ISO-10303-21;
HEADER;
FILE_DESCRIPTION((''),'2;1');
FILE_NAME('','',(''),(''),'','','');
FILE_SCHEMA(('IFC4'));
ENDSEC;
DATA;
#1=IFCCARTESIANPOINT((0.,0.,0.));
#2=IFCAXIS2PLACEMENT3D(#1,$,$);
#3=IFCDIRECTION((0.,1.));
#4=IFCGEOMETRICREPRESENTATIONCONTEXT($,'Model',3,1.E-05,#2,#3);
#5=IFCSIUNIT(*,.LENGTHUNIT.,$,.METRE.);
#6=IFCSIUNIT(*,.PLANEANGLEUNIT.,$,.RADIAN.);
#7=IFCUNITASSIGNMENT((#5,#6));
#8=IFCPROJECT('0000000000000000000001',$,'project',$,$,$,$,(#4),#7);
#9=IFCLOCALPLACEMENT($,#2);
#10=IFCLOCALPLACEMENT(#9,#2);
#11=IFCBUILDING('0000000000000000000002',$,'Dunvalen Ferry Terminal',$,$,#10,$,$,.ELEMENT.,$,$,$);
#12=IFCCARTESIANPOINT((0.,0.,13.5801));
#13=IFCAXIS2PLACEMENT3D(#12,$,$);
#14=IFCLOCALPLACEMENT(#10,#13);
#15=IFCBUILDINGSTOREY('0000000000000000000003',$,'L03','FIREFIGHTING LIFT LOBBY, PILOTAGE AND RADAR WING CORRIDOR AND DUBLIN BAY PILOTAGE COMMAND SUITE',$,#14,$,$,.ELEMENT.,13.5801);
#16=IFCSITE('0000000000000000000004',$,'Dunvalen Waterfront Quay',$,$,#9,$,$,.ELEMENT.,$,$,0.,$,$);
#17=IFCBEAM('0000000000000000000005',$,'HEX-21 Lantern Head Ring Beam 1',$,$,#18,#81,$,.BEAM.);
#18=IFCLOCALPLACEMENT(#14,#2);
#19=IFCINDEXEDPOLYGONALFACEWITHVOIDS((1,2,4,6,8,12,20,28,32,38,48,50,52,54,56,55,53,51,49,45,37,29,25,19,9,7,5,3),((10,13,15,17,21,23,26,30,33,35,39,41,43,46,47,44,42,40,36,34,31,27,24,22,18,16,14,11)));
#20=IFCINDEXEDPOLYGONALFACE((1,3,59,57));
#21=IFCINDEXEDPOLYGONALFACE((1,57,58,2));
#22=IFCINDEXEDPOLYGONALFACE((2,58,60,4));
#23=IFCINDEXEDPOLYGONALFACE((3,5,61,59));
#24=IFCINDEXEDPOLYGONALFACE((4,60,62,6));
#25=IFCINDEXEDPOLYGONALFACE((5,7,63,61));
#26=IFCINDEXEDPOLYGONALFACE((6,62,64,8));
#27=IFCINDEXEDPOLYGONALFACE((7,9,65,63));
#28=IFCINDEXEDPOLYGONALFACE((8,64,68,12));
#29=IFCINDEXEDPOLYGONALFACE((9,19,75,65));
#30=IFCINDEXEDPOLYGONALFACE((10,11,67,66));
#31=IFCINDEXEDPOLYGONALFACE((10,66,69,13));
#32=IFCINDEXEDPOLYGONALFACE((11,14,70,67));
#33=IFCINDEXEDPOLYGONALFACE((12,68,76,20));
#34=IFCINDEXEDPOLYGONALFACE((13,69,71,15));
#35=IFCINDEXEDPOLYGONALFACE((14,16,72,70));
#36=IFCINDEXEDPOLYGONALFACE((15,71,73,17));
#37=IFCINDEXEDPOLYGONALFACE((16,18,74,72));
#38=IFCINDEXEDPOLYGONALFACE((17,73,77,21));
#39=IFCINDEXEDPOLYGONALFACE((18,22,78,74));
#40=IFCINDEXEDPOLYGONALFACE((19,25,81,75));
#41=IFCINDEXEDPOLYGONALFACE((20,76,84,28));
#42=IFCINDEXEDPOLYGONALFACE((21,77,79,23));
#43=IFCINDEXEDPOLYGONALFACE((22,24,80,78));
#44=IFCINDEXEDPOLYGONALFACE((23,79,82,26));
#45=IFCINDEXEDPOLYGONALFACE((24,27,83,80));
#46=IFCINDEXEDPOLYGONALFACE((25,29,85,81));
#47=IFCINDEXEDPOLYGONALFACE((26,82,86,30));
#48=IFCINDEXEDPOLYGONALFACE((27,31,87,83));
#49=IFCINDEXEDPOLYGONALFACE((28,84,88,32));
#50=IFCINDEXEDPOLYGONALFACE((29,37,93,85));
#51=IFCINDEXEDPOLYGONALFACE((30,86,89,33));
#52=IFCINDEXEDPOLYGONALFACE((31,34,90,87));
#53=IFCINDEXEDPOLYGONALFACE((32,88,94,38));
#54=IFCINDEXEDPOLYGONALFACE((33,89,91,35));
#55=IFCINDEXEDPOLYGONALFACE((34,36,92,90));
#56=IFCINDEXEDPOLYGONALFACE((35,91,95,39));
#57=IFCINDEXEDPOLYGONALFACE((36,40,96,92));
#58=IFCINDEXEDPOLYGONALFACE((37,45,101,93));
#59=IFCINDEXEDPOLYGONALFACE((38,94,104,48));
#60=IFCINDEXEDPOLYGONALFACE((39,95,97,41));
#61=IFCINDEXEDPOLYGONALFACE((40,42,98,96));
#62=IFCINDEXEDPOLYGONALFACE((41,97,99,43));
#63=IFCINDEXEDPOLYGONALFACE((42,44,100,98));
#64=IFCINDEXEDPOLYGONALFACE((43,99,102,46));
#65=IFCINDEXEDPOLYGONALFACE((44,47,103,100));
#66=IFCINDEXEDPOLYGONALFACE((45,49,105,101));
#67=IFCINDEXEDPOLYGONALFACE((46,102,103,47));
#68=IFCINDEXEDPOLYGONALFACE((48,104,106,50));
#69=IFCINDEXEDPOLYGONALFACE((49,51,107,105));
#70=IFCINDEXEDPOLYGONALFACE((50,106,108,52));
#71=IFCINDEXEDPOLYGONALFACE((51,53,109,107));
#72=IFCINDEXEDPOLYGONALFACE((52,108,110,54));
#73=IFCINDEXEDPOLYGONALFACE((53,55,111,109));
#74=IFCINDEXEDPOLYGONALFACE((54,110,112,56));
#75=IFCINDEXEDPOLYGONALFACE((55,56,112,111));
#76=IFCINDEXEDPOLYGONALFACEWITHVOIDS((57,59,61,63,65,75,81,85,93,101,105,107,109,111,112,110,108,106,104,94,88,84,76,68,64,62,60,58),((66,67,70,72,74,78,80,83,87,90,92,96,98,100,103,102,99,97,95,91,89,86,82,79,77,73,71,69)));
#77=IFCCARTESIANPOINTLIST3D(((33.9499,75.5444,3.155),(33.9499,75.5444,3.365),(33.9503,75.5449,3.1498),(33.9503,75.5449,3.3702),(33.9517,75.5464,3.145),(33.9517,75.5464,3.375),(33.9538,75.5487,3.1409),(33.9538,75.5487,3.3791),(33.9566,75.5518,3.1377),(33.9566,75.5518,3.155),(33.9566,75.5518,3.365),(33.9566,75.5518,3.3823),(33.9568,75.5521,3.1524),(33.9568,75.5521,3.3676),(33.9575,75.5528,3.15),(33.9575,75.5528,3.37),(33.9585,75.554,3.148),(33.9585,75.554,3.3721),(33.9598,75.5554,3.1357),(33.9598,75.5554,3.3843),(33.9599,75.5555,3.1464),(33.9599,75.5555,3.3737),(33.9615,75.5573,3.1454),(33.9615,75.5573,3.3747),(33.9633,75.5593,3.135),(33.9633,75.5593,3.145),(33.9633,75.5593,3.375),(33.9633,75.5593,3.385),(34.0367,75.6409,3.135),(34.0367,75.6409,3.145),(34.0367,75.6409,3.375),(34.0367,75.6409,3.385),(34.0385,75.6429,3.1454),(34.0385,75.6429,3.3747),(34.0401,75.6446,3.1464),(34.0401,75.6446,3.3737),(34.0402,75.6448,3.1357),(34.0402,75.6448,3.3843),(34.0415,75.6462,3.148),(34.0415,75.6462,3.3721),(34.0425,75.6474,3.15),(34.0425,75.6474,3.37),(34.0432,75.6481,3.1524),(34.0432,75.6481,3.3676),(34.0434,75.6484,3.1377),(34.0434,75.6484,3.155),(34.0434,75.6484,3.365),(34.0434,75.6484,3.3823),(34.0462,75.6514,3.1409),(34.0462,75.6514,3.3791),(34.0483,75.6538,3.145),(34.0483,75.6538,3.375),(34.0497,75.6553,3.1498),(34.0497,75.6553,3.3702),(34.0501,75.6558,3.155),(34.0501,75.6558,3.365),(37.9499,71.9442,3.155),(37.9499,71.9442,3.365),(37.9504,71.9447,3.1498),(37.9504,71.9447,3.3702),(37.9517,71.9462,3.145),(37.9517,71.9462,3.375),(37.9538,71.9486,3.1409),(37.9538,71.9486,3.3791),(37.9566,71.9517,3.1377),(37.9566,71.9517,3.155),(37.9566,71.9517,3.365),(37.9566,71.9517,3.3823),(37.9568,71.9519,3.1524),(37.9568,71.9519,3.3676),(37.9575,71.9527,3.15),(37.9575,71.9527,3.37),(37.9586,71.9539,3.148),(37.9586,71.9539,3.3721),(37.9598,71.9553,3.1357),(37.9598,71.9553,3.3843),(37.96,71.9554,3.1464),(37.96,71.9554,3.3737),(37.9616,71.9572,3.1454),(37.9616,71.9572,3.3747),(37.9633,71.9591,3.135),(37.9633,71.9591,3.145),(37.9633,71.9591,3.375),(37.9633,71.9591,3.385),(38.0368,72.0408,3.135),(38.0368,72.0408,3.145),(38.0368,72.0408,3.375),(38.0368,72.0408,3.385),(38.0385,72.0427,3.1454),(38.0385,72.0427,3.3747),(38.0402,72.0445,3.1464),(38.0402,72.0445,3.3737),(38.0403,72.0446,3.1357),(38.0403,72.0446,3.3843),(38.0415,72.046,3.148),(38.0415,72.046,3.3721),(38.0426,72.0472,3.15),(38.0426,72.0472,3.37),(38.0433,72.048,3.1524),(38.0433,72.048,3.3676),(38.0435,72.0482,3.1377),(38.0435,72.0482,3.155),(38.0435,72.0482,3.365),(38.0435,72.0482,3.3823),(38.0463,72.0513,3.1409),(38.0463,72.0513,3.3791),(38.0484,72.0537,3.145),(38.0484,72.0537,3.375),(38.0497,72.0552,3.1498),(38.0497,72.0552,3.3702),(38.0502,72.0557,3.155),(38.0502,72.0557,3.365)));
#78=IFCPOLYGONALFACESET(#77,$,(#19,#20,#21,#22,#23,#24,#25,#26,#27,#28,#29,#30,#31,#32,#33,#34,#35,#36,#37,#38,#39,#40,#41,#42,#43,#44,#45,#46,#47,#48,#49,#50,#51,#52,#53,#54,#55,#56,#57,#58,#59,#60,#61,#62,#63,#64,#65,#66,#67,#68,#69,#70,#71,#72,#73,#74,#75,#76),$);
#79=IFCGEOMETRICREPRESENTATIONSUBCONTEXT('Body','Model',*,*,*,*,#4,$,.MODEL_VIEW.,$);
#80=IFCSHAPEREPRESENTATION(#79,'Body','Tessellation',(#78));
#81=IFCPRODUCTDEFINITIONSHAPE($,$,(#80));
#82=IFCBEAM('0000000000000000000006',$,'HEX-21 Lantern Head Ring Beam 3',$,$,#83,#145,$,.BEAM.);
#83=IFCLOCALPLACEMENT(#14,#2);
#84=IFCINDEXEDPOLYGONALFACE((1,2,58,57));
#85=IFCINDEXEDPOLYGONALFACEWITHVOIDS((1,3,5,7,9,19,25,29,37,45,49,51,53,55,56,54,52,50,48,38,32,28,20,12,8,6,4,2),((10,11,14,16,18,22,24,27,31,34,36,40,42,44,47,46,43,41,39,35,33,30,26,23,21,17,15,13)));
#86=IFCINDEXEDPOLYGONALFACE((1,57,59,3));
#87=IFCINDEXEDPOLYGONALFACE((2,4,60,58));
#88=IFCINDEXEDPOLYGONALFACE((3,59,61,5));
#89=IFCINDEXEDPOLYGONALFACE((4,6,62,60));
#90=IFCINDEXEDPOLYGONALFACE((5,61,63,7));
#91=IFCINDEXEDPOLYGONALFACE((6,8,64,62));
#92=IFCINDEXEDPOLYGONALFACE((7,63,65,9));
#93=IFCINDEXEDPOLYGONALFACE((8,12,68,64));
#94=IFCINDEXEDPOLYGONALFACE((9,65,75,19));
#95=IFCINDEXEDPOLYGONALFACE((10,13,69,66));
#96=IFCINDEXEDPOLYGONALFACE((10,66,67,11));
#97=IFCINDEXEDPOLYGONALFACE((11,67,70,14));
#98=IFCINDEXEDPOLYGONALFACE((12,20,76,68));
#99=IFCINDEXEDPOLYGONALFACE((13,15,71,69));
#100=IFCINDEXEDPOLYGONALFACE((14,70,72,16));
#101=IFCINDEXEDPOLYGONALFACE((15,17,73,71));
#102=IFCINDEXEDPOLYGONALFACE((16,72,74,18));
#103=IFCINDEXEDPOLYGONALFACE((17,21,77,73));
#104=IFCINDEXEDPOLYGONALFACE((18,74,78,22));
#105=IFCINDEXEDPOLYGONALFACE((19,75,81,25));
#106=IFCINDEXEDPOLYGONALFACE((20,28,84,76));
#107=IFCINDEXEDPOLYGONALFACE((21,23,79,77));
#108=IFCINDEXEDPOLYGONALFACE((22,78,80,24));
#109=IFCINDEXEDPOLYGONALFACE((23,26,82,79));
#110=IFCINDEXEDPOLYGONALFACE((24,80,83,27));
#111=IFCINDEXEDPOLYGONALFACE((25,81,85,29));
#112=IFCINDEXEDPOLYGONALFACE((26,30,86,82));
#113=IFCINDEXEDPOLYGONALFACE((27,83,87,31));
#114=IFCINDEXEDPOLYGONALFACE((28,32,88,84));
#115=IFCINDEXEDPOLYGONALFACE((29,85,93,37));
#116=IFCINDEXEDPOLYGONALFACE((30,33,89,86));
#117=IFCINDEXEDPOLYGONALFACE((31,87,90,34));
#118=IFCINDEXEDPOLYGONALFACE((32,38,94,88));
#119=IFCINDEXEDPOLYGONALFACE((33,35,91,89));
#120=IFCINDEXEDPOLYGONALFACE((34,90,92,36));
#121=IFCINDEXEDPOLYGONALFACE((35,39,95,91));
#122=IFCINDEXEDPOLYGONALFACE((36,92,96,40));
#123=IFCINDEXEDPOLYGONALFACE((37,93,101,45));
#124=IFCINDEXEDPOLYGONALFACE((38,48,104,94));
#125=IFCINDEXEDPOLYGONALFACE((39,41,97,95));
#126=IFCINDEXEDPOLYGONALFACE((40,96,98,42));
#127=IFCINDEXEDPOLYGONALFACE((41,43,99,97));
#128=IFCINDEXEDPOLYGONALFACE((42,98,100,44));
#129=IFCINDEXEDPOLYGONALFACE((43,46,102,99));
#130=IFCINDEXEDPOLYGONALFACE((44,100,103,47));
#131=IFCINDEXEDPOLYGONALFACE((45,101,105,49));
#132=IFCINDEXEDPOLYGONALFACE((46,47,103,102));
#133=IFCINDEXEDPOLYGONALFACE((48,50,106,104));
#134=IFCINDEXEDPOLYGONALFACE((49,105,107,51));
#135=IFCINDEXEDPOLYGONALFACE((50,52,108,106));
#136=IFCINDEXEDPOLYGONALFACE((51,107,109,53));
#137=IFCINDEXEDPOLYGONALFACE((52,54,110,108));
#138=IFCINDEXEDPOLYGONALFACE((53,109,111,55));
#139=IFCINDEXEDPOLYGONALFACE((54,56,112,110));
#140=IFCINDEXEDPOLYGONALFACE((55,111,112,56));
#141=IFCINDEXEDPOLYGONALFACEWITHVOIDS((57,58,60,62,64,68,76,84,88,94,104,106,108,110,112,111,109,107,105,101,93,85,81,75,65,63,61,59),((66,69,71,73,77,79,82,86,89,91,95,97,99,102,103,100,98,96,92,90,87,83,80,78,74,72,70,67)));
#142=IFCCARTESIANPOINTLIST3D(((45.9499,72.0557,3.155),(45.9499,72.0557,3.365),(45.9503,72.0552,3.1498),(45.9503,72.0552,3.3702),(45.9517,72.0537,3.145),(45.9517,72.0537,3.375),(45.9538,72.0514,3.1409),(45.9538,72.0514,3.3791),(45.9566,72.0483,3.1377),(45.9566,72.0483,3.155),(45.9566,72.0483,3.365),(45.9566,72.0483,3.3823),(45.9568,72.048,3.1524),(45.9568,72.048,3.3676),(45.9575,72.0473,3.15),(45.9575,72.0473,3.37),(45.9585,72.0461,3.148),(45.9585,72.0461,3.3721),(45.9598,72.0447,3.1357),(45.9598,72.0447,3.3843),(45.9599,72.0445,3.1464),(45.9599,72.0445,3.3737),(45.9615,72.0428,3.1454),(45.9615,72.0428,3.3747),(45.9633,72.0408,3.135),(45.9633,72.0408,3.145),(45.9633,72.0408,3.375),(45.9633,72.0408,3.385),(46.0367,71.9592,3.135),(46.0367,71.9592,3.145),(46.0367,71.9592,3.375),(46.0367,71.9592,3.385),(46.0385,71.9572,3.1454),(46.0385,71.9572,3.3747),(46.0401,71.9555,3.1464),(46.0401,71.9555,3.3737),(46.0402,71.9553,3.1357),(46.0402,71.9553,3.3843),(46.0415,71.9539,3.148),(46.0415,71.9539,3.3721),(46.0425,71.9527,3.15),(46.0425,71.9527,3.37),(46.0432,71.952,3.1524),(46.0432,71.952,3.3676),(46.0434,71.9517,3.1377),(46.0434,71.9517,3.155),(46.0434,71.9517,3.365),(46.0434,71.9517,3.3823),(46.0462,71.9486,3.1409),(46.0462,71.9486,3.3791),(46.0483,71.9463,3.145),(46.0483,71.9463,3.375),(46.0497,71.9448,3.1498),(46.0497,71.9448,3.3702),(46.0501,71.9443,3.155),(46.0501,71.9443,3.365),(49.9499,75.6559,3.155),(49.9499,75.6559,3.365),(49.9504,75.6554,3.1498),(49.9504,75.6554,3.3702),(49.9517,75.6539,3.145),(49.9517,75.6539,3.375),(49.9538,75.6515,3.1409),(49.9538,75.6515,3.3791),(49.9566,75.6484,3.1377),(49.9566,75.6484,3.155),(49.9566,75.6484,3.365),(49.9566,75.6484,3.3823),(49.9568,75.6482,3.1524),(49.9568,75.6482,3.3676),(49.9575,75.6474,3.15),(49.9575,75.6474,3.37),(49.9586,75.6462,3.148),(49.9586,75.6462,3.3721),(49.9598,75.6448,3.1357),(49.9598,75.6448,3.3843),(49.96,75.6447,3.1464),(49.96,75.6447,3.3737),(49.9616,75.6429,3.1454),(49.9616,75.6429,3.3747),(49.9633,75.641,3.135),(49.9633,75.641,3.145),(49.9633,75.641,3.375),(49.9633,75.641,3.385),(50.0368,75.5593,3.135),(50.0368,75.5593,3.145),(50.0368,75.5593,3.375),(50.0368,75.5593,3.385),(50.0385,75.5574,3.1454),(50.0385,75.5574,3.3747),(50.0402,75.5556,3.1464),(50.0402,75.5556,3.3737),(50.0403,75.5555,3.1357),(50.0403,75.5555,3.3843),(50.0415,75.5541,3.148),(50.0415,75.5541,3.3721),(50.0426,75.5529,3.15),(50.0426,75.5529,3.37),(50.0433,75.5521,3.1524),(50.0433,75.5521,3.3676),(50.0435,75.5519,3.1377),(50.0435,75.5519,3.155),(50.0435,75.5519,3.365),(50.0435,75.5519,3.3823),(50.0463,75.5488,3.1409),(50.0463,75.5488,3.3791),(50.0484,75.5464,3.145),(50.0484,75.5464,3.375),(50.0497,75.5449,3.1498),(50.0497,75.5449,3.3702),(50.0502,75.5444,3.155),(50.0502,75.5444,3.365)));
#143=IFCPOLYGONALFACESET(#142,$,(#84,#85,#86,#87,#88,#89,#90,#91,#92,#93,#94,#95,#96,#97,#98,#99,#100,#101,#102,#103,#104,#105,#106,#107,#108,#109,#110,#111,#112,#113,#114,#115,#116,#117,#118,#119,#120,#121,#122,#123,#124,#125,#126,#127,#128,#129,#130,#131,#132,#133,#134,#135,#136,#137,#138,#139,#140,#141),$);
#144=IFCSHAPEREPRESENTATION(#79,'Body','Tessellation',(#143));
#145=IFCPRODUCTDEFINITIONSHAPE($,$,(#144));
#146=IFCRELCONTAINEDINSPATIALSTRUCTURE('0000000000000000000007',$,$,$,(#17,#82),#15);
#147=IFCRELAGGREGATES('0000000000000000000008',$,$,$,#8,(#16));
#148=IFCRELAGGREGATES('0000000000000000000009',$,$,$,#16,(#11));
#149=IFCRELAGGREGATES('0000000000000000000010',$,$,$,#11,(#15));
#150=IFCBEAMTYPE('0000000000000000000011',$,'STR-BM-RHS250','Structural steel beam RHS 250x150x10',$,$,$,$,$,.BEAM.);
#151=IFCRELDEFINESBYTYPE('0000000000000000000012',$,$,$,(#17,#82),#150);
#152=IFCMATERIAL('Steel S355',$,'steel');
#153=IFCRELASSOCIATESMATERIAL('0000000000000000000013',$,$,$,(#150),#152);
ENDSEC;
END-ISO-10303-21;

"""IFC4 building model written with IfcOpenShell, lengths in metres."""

from ifc_helpers import new_model, si_unit, direction, frame, origin, origin_2d, place, context, subcontext, project, spatial, hollow_rectangle, extrude, material, material_profile, profile_set, type_object, element, save


model = new_model("IFC4")

# Units and contexts
model_context = context("Model", 3, precision=1e-05, world=origin(), true_north=direction((0.0, 1.0)))
body_context = subcontext(model_context, "Body", "Model", "MODEL_VIEW")
ifc_project = project(units=[si_unit("LENGTHUNIT", "METRE"), si_unit("PLANEANGLEUNIT", "RADIAN")], contexts=[model_context])

# Site, building, storey
site_placement = place(None, origin())
site = spatial("IfcSite", under=ifc_project, at=site_placement, Name="Dunvalen Waterfront Quay", CompositionType="ELEMENT", RefElevation=0.0)
building_placement = place(site_placement, origin())
building = spatial("IfcBuilding", under=site, at=building_placement, Name="Dunvalen Ferry Terminal", CompositionType="ELEMENT")
storey_placement = place(building_placement, frame((0.0, 0.0, 13.5801)))
storey = spatial("IfcBuildingStorey", under=building, at=storey_placement, Name="L03", Description="FIREFIGHTING LIFT LOBBY, PILOTAGE AND RADAR WING CORRIDOR AND DUBLIN BAY PILOTAGE COMMAND SUITE", CompositionType="ELEMENT", Elevation=13.5801)

# Beams
ifc_material_1 = material(Name="Steel S355", Category="steel")
ifc_material_profile_1 = material_profile(ifc_material_1, hollow_rectangle(XDim=0.1499, YDim=0.25, WallThickness=0.01, InnerFilletRadius=0.01, OuterFilletRadius=0.02, at=origin_2d()), Name="Steel S355")
ifc_profile_set_1 = profile_set([ifc_material_profile_1], Name="Steel S355")
beam_type = type_object("IfcBeamType", Name="STR-BM-RHS250", Description="Structural steel beam RHS 250x150x10", PredefinedType="BEAM", material=ifc_profile_set_1)
for number, where, z_axis, x_axis, name in (
    (1, (34.0, 75.6001, 3.26), (0.743285, -0.668975, 0.0), (0.668975, 0.743285, 0.0), "HEX-21 Lantern Head Ring Beam 1"),
    (2, (46.0, 72.0, 3.26), (0.743285, 0.668975, 0.0), (-0.668975, 0.743285, 0.0), "HEX-21 Lantern Head Ring Beam 3"),
):
    element("IfcBeam", number, at=place(storey_placement, frame(where, z_axis=z_axis, x_axis=x_axis)), inside=storey, type_object=beam_type, Name=name, PredefinedType="BEAM", context=body_context, shape_type="SweptSolid", body=[
        extrude(hollow_rectangle(XDim=0.1499, YDim=0.25, WallThickness=0.01, InnerFilletRadius=0.01, OuterFilletRadius=0.02, at=origin_2d()), origin(), (0.0, 0.0, 1.0), 5.3816),
    ])

save(model, "model.ifc")
